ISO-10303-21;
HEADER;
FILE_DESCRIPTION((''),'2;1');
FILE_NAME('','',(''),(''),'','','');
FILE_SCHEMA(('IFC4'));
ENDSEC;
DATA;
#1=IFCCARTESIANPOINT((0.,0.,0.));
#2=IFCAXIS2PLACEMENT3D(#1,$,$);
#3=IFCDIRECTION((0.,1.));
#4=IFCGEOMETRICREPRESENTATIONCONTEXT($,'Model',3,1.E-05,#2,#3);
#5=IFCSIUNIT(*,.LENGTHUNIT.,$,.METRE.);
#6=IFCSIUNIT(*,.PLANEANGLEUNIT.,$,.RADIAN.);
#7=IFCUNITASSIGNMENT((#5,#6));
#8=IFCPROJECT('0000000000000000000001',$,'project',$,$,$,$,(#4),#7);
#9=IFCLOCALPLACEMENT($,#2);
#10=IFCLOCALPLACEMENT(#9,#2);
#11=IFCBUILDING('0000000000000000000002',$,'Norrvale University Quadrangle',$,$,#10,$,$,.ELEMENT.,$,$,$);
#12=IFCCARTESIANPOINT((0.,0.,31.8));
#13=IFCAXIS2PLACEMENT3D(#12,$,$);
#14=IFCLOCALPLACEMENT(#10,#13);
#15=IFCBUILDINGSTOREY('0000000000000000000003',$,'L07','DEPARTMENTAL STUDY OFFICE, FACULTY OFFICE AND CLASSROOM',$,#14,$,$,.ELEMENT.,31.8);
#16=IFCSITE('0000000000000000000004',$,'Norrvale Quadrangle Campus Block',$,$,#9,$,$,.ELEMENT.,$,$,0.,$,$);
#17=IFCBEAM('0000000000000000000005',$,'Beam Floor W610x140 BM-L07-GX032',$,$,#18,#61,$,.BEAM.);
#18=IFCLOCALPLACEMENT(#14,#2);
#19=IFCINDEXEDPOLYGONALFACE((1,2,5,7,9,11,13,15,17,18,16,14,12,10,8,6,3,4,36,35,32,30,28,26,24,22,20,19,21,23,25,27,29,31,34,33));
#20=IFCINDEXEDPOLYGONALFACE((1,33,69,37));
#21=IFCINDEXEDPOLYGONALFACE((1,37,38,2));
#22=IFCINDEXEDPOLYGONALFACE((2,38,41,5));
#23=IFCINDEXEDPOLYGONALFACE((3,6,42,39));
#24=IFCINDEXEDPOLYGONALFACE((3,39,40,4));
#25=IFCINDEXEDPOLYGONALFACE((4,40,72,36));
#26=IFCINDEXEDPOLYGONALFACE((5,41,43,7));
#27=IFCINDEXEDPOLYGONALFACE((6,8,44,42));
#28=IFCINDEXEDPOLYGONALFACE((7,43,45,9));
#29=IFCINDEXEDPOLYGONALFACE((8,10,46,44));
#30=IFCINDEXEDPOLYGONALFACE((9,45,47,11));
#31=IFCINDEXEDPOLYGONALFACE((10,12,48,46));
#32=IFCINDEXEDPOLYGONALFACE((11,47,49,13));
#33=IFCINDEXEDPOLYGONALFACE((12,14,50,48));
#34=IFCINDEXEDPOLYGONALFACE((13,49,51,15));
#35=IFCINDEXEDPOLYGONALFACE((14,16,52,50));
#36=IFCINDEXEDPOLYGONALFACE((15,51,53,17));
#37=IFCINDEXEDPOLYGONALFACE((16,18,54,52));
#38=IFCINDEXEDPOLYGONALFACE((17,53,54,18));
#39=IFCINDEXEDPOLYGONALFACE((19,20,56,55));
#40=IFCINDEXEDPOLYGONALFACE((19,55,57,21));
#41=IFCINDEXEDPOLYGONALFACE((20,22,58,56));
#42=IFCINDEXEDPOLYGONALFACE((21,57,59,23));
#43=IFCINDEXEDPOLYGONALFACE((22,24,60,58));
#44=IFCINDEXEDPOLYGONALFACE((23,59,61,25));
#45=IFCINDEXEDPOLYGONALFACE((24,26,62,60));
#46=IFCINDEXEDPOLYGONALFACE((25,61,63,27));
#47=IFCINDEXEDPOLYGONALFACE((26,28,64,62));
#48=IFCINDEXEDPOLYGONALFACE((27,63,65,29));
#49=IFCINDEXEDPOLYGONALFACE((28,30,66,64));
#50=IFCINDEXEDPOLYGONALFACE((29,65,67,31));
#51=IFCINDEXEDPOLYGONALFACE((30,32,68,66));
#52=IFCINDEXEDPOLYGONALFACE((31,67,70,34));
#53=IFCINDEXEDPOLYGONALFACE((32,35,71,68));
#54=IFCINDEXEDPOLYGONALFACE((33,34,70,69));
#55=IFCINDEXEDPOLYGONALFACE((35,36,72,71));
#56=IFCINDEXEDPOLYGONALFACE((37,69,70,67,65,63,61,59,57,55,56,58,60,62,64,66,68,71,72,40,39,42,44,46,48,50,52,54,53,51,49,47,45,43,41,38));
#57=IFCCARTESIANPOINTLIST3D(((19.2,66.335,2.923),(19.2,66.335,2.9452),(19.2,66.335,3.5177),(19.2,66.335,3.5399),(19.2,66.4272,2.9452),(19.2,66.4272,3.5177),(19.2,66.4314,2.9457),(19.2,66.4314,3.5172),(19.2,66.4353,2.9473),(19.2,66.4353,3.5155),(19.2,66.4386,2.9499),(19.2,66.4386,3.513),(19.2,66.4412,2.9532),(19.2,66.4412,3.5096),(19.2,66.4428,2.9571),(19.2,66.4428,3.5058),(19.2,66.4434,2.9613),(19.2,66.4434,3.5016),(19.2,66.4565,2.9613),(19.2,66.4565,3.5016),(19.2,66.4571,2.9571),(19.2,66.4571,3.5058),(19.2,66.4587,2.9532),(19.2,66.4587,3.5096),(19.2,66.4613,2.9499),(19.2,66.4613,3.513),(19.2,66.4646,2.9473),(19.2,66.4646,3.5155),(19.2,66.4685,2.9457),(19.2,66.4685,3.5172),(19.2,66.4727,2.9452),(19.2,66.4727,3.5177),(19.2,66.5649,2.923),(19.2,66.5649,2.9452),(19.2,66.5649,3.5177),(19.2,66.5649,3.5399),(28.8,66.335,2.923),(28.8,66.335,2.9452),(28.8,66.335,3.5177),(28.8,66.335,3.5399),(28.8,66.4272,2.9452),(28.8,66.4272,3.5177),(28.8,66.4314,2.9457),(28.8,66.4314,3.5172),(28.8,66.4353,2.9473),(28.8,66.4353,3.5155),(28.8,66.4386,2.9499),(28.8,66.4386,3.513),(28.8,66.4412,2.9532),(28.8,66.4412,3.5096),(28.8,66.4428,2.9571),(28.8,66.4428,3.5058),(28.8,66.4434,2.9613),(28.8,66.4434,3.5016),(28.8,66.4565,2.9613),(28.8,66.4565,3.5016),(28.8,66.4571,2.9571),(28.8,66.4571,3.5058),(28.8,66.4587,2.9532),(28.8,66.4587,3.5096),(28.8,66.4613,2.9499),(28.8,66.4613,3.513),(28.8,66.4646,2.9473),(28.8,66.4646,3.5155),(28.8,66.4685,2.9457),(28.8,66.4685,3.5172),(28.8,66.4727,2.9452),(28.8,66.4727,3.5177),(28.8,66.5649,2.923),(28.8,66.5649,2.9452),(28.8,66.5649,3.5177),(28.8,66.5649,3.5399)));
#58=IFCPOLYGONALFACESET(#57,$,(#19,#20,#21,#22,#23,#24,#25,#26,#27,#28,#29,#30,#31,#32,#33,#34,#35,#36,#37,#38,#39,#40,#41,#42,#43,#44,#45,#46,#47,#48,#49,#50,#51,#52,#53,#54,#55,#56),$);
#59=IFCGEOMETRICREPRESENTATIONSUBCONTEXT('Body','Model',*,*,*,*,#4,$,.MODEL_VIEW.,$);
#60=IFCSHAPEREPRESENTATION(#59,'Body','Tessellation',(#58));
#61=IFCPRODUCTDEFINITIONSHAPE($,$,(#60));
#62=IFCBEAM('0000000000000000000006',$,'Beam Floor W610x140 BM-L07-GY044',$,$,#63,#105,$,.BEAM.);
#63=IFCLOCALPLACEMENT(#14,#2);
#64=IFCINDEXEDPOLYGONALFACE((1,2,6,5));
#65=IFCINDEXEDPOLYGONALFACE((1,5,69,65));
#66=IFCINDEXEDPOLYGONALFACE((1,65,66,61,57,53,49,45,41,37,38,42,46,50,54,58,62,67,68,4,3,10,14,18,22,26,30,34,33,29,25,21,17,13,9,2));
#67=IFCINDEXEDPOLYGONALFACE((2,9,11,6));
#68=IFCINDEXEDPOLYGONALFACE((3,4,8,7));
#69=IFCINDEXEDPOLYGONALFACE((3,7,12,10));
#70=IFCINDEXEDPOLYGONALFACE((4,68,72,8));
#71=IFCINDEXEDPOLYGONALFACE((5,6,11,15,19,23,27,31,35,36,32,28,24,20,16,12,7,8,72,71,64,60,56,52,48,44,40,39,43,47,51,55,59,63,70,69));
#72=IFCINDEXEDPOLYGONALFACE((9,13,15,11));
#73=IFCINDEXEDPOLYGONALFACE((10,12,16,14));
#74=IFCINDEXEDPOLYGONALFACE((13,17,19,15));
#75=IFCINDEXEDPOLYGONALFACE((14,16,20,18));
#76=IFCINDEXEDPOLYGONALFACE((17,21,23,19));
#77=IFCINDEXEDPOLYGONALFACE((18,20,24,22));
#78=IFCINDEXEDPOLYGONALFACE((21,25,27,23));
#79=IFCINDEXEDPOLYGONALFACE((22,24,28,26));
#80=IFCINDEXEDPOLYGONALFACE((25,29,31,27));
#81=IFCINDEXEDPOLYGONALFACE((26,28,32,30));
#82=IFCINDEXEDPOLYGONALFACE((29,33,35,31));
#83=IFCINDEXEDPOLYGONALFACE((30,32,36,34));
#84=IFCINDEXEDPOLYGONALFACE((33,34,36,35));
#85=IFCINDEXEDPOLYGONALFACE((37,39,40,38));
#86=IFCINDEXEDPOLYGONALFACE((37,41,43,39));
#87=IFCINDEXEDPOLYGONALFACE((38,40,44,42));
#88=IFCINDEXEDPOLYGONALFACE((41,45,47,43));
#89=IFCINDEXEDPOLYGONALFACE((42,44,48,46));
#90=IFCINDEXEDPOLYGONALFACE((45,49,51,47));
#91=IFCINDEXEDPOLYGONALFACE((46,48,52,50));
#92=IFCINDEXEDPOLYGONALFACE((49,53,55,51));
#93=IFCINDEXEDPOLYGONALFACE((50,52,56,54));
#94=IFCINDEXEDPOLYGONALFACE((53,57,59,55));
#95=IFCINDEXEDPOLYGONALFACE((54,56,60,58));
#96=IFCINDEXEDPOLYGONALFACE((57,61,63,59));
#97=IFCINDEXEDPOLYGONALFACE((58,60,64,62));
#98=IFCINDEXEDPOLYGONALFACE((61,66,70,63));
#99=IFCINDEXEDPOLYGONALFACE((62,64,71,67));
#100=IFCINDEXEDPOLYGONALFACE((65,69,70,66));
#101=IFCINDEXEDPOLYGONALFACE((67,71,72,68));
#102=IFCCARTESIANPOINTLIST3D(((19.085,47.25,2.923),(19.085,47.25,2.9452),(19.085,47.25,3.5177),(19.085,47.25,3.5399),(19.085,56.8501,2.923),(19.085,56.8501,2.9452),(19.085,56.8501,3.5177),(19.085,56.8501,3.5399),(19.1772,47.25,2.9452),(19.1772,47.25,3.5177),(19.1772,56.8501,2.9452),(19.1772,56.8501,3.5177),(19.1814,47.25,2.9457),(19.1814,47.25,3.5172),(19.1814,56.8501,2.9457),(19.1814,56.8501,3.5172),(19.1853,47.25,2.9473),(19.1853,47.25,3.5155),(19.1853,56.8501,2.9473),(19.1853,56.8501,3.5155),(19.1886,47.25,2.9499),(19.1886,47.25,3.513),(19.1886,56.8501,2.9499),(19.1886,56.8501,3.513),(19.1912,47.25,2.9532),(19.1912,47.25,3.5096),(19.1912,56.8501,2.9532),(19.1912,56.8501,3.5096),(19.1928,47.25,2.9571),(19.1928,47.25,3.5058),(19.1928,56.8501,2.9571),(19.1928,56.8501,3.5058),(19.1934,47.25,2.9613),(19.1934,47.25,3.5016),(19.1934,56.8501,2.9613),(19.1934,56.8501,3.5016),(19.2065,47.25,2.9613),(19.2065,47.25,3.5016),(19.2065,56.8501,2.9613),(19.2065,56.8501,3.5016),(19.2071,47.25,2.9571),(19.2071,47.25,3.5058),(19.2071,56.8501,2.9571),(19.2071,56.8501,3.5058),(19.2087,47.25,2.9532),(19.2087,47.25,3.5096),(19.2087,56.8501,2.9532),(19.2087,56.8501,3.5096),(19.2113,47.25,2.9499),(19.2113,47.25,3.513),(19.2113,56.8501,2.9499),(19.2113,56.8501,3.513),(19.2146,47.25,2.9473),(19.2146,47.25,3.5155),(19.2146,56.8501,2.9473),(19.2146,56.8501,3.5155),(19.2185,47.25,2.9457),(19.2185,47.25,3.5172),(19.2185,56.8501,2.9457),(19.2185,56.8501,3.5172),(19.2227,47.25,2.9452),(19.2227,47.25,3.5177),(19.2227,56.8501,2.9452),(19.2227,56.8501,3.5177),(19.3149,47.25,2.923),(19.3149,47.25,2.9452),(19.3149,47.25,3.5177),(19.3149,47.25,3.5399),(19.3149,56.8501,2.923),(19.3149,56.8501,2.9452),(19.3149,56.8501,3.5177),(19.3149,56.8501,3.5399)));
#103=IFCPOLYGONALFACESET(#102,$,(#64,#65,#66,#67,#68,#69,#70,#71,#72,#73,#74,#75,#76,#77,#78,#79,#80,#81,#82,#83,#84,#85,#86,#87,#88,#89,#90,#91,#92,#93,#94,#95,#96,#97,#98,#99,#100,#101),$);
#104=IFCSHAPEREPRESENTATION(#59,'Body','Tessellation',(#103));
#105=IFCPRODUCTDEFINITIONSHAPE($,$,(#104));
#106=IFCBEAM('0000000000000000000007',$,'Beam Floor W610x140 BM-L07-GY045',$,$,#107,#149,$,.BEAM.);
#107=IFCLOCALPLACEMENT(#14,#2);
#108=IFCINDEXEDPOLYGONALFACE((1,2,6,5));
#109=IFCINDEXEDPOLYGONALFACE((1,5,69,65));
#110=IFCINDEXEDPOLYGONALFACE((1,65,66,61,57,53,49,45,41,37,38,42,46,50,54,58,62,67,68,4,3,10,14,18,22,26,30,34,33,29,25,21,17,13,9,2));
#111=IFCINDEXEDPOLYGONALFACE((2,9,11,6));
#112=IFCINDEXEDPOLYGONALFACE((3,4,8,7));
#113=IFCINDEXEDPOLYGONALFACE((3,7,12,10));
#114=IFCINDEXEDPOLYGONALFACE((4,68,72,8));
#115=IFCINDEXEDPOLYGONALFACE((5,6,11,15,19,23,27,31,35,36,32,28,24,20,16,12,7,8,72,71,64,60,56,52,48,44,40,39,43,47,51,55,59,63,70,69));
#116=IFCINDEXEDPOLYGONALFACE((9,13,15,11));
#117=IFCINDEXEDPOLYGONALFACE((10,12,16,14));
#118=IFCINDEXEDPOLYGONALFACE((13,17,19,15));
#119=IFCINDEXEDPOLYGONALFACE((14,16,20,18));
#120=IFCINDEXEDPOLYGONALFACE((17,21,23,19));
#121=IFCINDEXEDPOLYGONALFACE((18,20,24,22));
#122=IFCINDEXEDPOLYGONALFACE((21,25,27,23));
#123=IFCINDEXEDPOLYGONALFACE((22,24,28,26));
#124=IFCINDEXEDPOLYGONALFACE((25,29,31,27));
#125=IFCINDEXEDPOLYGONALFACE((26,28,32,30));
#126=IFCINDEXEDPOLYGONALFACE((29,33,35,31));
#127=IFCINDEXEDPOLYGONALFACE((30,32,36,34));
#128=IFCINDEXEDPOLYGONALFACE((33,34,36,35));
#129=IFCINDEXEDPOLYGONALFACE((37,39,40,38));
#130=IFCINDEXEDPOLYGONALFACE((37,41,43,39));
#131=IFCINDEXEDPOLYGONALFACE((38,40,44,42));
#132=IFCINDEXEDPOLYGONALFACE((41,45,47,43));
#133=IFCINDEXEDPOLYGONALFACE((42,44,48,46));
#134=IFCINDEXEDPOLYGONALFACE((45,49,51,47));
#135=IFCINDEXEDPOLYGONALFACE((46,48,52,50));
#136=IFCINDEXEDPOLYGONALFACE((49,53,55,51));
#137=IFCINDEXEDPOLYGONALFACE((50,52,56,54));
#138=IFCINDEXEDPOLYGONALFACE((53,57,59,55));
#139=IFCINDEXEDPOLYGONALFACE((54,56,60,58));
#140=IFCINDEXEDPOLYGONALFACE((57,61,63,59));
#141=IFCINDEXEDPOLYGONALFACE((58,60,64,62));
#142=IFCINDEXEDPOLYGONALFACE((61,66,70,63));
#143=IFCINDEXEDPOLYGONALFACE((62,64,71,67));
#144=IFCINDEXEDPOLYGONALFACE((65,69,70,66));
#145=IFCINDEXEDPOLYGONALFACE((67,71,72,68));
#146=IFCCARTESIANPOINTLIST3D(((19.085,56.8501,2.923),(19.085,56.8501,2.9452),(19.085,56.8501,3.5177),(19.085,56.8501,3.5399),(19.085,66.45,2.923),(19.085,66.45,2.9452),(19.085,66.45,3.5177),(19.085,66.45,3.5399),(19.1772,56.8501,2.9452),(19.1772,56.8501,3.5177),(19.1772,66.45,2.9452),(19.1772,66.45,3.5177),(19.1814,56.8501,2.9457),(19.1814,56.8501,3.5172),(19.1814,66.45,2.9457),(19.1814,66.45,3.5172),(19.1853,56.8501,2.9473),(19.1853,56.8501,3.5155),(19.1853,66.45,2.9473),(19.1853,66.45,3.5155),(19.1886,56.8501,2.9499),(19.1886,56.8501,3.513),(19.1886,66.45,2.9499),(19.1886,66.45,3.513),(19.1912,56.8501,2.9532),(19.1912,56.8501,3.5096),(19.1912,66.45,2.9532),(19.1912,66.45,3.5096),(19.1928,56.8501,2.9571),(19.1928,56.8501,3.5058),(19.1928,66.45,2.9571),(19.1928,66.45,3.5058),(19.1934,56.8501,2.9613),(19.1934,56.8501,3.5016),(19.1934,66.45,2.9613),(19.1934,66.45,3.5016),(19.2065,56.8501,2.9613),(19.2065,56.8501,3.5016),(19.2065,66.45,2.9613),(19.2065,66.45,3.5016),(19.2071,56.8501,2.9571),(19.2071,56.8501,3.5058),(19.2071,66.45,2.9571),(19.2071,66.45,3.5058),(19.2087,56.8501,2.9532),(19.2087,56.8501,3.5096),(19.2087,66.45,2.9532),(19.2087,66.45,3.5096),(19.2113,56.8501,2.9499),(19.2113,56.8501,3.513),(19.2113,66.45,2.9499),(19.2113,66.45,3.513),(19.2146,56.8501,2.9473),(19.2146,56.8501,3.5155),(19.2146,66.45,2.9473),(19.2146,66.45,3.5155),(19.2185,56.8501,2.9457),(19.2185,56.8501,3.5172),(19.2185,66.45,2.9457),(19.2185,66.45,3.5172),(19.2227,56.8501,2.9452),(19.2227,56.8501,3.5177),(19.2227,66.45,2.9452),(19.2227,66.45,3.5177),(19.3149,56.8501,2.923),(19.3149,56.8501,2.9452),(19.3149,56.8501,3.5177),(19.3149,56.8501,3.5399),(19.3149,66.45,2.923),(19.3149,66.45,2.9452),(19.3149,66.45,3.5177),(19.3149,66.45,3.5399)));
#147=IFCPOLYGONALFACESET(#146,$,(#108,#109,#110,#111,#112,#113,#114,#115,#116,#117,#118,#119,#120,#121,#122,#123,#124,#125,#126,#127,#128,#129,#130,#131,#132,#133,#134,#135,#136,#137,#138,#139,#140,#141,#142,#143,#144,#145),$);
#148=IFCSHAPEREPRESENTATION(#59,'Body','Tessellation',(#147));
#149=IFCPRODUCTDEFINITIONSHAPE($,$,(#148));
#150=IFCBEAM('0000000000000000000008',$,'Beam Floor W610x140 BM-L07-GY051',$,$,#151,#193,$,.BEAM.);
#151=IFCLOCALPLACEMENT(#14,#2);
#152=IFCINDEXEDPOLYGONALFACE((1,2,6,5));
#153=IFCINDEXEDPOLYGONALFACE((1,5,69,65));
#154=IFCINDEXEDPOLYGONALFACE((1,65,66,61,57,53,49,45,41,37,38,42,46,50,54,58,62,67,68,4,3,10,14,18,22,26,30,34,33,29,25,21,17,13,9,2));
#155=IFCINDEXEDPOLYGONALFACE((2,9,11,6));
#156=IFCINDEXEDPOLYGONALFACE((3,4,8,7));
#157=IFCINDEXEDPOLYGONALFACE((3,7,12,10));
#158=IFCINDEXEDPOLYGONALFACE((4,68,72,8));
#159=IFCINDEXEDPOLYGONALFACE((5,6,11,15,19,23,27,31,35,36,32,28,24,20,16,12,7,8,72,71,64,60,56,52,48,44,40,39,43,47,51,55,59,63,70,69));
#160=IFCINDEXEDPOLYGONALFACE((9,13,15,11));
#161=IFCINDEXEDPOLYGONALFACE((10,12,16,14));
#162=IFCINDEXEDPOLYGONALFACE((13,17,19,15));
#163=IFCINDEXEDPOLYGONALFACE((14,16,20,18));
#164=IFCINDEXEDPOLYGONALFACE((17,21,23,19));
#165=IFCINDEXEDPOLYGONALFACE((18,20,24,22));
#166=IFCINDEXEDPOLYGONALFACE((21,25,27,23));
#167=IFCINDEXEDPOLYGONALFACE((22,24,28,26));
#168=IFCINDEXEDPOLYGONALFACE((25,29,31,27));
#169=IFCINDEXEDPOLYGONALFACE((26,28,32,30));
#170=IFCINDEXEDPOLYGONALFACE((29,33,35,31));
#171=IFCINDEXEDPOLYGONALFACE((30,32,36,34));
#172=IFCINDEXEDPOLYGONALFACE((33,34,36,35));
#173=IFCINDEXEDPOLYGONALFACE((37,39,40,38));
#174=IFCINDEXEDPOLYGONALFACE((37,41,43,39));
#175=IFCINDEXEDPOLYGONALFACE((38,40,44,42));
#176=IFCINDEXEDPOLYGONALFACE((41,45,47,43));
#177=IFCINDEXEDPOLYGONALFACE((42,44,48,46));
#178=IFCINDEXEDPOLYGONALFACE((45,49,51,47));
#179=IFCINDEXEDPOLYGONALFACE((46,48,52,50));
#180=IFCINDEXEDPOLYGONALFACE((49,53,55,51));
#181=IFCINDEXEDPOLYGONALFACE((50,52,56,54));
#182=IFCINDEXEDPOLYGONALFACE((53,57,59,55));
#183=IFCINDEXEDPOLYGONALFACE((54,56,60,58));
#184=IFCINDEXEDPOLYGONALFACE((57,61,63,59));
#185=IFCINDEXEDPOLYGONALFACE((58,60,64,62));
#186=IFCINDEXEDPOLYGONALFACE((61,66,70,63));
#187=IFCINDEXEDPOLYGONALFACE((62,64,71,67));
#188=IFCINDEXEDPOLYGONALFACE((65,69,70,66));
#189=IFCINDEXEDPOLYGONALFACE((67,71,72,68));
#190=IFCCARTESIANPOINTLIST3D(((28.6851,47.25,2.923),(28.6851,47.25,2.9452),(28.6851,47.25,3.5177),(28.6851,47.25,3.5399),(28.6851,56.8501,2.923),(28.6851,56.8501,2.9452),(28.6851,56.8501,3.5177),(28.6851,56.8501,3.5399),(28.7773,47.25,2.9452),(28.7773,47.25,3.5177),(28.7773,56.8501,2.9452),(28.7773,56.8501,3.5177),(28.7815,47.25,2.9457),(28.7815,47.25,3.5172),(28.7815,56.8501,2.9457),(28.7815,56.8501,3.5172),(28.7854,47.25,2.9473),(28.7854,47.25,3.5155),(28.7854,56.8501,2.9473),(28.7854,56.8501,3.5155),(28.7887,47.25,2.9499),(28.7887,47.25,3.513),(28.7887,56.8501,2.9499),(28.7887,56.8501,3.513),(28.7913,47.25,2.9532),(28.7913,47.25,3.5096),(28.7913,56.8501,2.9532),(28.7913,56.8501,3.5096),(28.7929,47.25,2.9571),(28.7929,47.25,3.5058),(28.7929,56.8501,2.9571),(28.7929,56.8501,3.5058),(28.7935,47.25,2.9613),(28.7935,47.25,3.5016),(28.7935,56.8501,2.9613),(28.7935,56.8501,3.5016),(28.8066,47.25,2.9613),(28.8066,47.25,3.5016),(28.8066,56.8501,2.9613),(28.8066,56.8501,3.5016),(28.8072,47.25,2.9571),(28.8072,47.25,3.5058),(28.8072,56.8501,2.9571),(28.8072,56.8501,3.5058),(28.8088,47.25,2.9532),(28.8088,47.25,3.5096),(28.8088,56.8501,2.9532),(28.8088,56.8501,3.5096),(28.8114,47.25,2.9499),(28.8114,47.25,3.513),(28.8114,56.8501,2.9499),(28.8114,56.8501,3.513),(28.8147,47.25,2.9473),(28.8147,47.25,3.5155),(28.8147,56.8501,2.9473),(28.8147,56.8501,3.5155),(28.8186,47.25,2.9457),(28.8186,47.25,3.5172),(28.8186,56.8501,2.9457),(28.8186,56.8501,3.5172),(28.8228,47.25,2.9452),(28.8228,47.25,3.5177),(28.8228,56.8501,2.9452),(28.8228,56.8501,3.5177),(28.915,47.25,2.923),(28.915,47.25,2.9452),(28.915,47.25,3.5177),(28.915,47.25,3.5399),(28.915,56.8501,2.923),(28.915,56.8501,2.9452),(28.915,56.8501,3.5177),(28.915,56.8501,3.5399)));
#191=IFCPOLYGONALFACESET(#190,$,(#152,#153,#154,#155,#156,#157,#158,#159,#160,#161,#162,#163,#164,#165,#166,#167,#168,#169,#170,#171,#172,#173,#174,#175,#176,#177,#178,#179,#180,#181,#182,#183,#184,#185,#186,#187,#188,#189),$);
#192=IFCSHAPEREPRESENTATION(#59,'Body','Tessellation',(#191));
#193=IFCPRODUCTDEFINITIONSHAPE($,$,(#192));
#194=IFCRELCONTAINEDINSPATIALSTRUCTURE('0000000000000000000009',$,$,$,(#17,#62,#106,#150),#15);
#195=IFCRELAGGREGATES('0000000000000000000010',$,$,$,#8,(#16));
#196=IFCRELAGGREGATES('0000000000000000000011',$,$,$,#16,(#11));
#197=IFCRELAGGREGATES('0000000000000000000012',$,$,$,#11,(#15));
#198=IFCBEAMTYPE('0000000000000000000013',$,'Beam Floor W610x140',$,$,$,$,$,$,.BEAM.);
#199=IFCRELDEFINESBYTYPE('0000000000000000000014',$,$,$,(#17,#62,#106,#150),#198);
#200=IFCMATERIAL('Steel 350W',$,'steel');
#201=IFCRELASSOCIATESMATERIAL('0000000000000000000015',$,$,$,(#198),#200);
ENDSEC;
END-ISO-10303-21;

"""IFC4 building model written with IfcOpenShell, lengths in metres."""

from ifc_helpers import new_model, si_unit, direction, frame, origin, origin_2d, place, context, subcontext, project, spatial, i_section, extrude, material, material_profile, profile_set, type_object, element, save


model = new_model("IFC4")

# Units and contexts
model_context = context("Model", 3, precision=1e-05, world=origin(), true_north=direction((0.0, 1.0)))
body_context = subcontext(model_context, "Body", "Model", "MODEL_VIEW")
ifc_project = project(units=[si_unit("LENGTHUNIT", "METRE"), si_unit("PLANEANGLEUNIT", "RADIAN")], contexts=[model_context])

# Site, building, storey
site_placement = place(None, origin())
site = spatial("IfcSite", under=ifc_project, at=site_placement, Name="Norrvale Quadrangle Campus Block", CompositionType="ELEMENT", RefElevation=0.0)
building_placement = place(site_placement, origin())
building = spatial("IfcBuilding", under=site, at=building_placement, Name="Norrvale University Quadrangle", CompositionType="ELEMENT")
storey_placement = place(building_placement, frame((0.0, 0.0, 31.8)))
storey = spatial("IfcBuildingStorey", under=building, at=storey_placement, Name="L07", Description="DEPARTMENTAL STUDY OFFICE, FACULTY OFFICE AND CLASSROOM", CompositionType="ELEMENT", Elevation=31.8)

# Beams
ifc_material_1 = material(Name="Steel 350W", Category="steel")
ifc_material_profile_1 = material_profile(ifc_material_1, i_section(OverallWidth=0.23, OverallDepth=0.6169, WebThickness=0.0132, FlangeThickness=0.0222, FilletRadius=0.0161, at=origin_2d()), Name="Steel 350W")
ifc_profile_set_1 = profile_set([ifc_material_profile_1], Name="Steel 350W")
beam_type_1 = type_object("IfcBeamType", Name="Beam Floor W610x140", PredefinedType="BEAM", material=ifc_profile_set_1)
for number, where, z_axis, x_axis, name in (
    (1, (19.2, 66.45, 3.2314), (1.0, 0.0, 0.0), (0.0, 1.0, 0.0), "Beam Floor W610x140 BM-L07-GX032"),
    (2, (19.2, 47.25, 3.2314), (0.0, 1.0, 0.0), (-1.0, 0.0, 0.0), "Beam Floor W610x140 BM-L07-GY044"),
):
    element("IfcBeam", number, at=place(storey_placement, frame(where, z_axis=z_axis, x_axis=x_axis)), inside=storey, type_object=beam_type_1, Name=name, PredefinedType="BEAM", context=body_context, shape_type="SweptSolid", body=[
        extrude(i_section(OverallWidth=0.23, OverallDepth=0.6169, WebThickness=0.0132, FlangeThickness=0.0222, FilletRadius=0.0161, at=origin_2d()), origin(), (0.0, 0.0, 1.0), 9.6001),
    ])
beam_1_placement = place(storey_placement, frame((19.2, 56.8501, 3.2314), z_axis=(0.0, 1.0, 0.0), x_axis=(-1.0, 0.0, 0.0)))
element("IfcBeam", 3, at=beam_1_placement, inside=storey, type_object=beam_type_1, Name="Beam Floor W610x140 BM-L07-GY045", PredefinedType="BEAM", context=body_context, shape_type="SweptSolid", body=[
    extrude(i_section(OverallWidth=0.23, OverallDepth=0.6169, WebThickness=0.0132, FlangeThickness=0.0222, FilletRadius=0.0161, at=origin_2d()), origin(), (0.0, 0.0, 1.0), 9.5999),
])
beam_2_placement = place(storey_placement, frame((28.8, 47.25, 3.2314), z_axis=(0.0, 1.0, 0.0), x_axis=(-1.0, 0.0, 0.0)))
element("IfcBeam", 4, at=beam_2_placement, inside=storey, type_object=beam_type_1, Name="Beam Floor W610x140 BM-L07-GY051", PredefinedType="BEAM", context=body_context, shape_type="SweptSolid", body=[
    extrude(i_section(OverallWidth=0.23, OverallDepth=0.6169, WebThickness=0.0132, FlangeThickness=0.0222, FilletRadius=0.0161, at=origin_2d()), origin(), (0.0, 0.0, 1.0), 9.6001),
])

save(model, "model.ifc")
